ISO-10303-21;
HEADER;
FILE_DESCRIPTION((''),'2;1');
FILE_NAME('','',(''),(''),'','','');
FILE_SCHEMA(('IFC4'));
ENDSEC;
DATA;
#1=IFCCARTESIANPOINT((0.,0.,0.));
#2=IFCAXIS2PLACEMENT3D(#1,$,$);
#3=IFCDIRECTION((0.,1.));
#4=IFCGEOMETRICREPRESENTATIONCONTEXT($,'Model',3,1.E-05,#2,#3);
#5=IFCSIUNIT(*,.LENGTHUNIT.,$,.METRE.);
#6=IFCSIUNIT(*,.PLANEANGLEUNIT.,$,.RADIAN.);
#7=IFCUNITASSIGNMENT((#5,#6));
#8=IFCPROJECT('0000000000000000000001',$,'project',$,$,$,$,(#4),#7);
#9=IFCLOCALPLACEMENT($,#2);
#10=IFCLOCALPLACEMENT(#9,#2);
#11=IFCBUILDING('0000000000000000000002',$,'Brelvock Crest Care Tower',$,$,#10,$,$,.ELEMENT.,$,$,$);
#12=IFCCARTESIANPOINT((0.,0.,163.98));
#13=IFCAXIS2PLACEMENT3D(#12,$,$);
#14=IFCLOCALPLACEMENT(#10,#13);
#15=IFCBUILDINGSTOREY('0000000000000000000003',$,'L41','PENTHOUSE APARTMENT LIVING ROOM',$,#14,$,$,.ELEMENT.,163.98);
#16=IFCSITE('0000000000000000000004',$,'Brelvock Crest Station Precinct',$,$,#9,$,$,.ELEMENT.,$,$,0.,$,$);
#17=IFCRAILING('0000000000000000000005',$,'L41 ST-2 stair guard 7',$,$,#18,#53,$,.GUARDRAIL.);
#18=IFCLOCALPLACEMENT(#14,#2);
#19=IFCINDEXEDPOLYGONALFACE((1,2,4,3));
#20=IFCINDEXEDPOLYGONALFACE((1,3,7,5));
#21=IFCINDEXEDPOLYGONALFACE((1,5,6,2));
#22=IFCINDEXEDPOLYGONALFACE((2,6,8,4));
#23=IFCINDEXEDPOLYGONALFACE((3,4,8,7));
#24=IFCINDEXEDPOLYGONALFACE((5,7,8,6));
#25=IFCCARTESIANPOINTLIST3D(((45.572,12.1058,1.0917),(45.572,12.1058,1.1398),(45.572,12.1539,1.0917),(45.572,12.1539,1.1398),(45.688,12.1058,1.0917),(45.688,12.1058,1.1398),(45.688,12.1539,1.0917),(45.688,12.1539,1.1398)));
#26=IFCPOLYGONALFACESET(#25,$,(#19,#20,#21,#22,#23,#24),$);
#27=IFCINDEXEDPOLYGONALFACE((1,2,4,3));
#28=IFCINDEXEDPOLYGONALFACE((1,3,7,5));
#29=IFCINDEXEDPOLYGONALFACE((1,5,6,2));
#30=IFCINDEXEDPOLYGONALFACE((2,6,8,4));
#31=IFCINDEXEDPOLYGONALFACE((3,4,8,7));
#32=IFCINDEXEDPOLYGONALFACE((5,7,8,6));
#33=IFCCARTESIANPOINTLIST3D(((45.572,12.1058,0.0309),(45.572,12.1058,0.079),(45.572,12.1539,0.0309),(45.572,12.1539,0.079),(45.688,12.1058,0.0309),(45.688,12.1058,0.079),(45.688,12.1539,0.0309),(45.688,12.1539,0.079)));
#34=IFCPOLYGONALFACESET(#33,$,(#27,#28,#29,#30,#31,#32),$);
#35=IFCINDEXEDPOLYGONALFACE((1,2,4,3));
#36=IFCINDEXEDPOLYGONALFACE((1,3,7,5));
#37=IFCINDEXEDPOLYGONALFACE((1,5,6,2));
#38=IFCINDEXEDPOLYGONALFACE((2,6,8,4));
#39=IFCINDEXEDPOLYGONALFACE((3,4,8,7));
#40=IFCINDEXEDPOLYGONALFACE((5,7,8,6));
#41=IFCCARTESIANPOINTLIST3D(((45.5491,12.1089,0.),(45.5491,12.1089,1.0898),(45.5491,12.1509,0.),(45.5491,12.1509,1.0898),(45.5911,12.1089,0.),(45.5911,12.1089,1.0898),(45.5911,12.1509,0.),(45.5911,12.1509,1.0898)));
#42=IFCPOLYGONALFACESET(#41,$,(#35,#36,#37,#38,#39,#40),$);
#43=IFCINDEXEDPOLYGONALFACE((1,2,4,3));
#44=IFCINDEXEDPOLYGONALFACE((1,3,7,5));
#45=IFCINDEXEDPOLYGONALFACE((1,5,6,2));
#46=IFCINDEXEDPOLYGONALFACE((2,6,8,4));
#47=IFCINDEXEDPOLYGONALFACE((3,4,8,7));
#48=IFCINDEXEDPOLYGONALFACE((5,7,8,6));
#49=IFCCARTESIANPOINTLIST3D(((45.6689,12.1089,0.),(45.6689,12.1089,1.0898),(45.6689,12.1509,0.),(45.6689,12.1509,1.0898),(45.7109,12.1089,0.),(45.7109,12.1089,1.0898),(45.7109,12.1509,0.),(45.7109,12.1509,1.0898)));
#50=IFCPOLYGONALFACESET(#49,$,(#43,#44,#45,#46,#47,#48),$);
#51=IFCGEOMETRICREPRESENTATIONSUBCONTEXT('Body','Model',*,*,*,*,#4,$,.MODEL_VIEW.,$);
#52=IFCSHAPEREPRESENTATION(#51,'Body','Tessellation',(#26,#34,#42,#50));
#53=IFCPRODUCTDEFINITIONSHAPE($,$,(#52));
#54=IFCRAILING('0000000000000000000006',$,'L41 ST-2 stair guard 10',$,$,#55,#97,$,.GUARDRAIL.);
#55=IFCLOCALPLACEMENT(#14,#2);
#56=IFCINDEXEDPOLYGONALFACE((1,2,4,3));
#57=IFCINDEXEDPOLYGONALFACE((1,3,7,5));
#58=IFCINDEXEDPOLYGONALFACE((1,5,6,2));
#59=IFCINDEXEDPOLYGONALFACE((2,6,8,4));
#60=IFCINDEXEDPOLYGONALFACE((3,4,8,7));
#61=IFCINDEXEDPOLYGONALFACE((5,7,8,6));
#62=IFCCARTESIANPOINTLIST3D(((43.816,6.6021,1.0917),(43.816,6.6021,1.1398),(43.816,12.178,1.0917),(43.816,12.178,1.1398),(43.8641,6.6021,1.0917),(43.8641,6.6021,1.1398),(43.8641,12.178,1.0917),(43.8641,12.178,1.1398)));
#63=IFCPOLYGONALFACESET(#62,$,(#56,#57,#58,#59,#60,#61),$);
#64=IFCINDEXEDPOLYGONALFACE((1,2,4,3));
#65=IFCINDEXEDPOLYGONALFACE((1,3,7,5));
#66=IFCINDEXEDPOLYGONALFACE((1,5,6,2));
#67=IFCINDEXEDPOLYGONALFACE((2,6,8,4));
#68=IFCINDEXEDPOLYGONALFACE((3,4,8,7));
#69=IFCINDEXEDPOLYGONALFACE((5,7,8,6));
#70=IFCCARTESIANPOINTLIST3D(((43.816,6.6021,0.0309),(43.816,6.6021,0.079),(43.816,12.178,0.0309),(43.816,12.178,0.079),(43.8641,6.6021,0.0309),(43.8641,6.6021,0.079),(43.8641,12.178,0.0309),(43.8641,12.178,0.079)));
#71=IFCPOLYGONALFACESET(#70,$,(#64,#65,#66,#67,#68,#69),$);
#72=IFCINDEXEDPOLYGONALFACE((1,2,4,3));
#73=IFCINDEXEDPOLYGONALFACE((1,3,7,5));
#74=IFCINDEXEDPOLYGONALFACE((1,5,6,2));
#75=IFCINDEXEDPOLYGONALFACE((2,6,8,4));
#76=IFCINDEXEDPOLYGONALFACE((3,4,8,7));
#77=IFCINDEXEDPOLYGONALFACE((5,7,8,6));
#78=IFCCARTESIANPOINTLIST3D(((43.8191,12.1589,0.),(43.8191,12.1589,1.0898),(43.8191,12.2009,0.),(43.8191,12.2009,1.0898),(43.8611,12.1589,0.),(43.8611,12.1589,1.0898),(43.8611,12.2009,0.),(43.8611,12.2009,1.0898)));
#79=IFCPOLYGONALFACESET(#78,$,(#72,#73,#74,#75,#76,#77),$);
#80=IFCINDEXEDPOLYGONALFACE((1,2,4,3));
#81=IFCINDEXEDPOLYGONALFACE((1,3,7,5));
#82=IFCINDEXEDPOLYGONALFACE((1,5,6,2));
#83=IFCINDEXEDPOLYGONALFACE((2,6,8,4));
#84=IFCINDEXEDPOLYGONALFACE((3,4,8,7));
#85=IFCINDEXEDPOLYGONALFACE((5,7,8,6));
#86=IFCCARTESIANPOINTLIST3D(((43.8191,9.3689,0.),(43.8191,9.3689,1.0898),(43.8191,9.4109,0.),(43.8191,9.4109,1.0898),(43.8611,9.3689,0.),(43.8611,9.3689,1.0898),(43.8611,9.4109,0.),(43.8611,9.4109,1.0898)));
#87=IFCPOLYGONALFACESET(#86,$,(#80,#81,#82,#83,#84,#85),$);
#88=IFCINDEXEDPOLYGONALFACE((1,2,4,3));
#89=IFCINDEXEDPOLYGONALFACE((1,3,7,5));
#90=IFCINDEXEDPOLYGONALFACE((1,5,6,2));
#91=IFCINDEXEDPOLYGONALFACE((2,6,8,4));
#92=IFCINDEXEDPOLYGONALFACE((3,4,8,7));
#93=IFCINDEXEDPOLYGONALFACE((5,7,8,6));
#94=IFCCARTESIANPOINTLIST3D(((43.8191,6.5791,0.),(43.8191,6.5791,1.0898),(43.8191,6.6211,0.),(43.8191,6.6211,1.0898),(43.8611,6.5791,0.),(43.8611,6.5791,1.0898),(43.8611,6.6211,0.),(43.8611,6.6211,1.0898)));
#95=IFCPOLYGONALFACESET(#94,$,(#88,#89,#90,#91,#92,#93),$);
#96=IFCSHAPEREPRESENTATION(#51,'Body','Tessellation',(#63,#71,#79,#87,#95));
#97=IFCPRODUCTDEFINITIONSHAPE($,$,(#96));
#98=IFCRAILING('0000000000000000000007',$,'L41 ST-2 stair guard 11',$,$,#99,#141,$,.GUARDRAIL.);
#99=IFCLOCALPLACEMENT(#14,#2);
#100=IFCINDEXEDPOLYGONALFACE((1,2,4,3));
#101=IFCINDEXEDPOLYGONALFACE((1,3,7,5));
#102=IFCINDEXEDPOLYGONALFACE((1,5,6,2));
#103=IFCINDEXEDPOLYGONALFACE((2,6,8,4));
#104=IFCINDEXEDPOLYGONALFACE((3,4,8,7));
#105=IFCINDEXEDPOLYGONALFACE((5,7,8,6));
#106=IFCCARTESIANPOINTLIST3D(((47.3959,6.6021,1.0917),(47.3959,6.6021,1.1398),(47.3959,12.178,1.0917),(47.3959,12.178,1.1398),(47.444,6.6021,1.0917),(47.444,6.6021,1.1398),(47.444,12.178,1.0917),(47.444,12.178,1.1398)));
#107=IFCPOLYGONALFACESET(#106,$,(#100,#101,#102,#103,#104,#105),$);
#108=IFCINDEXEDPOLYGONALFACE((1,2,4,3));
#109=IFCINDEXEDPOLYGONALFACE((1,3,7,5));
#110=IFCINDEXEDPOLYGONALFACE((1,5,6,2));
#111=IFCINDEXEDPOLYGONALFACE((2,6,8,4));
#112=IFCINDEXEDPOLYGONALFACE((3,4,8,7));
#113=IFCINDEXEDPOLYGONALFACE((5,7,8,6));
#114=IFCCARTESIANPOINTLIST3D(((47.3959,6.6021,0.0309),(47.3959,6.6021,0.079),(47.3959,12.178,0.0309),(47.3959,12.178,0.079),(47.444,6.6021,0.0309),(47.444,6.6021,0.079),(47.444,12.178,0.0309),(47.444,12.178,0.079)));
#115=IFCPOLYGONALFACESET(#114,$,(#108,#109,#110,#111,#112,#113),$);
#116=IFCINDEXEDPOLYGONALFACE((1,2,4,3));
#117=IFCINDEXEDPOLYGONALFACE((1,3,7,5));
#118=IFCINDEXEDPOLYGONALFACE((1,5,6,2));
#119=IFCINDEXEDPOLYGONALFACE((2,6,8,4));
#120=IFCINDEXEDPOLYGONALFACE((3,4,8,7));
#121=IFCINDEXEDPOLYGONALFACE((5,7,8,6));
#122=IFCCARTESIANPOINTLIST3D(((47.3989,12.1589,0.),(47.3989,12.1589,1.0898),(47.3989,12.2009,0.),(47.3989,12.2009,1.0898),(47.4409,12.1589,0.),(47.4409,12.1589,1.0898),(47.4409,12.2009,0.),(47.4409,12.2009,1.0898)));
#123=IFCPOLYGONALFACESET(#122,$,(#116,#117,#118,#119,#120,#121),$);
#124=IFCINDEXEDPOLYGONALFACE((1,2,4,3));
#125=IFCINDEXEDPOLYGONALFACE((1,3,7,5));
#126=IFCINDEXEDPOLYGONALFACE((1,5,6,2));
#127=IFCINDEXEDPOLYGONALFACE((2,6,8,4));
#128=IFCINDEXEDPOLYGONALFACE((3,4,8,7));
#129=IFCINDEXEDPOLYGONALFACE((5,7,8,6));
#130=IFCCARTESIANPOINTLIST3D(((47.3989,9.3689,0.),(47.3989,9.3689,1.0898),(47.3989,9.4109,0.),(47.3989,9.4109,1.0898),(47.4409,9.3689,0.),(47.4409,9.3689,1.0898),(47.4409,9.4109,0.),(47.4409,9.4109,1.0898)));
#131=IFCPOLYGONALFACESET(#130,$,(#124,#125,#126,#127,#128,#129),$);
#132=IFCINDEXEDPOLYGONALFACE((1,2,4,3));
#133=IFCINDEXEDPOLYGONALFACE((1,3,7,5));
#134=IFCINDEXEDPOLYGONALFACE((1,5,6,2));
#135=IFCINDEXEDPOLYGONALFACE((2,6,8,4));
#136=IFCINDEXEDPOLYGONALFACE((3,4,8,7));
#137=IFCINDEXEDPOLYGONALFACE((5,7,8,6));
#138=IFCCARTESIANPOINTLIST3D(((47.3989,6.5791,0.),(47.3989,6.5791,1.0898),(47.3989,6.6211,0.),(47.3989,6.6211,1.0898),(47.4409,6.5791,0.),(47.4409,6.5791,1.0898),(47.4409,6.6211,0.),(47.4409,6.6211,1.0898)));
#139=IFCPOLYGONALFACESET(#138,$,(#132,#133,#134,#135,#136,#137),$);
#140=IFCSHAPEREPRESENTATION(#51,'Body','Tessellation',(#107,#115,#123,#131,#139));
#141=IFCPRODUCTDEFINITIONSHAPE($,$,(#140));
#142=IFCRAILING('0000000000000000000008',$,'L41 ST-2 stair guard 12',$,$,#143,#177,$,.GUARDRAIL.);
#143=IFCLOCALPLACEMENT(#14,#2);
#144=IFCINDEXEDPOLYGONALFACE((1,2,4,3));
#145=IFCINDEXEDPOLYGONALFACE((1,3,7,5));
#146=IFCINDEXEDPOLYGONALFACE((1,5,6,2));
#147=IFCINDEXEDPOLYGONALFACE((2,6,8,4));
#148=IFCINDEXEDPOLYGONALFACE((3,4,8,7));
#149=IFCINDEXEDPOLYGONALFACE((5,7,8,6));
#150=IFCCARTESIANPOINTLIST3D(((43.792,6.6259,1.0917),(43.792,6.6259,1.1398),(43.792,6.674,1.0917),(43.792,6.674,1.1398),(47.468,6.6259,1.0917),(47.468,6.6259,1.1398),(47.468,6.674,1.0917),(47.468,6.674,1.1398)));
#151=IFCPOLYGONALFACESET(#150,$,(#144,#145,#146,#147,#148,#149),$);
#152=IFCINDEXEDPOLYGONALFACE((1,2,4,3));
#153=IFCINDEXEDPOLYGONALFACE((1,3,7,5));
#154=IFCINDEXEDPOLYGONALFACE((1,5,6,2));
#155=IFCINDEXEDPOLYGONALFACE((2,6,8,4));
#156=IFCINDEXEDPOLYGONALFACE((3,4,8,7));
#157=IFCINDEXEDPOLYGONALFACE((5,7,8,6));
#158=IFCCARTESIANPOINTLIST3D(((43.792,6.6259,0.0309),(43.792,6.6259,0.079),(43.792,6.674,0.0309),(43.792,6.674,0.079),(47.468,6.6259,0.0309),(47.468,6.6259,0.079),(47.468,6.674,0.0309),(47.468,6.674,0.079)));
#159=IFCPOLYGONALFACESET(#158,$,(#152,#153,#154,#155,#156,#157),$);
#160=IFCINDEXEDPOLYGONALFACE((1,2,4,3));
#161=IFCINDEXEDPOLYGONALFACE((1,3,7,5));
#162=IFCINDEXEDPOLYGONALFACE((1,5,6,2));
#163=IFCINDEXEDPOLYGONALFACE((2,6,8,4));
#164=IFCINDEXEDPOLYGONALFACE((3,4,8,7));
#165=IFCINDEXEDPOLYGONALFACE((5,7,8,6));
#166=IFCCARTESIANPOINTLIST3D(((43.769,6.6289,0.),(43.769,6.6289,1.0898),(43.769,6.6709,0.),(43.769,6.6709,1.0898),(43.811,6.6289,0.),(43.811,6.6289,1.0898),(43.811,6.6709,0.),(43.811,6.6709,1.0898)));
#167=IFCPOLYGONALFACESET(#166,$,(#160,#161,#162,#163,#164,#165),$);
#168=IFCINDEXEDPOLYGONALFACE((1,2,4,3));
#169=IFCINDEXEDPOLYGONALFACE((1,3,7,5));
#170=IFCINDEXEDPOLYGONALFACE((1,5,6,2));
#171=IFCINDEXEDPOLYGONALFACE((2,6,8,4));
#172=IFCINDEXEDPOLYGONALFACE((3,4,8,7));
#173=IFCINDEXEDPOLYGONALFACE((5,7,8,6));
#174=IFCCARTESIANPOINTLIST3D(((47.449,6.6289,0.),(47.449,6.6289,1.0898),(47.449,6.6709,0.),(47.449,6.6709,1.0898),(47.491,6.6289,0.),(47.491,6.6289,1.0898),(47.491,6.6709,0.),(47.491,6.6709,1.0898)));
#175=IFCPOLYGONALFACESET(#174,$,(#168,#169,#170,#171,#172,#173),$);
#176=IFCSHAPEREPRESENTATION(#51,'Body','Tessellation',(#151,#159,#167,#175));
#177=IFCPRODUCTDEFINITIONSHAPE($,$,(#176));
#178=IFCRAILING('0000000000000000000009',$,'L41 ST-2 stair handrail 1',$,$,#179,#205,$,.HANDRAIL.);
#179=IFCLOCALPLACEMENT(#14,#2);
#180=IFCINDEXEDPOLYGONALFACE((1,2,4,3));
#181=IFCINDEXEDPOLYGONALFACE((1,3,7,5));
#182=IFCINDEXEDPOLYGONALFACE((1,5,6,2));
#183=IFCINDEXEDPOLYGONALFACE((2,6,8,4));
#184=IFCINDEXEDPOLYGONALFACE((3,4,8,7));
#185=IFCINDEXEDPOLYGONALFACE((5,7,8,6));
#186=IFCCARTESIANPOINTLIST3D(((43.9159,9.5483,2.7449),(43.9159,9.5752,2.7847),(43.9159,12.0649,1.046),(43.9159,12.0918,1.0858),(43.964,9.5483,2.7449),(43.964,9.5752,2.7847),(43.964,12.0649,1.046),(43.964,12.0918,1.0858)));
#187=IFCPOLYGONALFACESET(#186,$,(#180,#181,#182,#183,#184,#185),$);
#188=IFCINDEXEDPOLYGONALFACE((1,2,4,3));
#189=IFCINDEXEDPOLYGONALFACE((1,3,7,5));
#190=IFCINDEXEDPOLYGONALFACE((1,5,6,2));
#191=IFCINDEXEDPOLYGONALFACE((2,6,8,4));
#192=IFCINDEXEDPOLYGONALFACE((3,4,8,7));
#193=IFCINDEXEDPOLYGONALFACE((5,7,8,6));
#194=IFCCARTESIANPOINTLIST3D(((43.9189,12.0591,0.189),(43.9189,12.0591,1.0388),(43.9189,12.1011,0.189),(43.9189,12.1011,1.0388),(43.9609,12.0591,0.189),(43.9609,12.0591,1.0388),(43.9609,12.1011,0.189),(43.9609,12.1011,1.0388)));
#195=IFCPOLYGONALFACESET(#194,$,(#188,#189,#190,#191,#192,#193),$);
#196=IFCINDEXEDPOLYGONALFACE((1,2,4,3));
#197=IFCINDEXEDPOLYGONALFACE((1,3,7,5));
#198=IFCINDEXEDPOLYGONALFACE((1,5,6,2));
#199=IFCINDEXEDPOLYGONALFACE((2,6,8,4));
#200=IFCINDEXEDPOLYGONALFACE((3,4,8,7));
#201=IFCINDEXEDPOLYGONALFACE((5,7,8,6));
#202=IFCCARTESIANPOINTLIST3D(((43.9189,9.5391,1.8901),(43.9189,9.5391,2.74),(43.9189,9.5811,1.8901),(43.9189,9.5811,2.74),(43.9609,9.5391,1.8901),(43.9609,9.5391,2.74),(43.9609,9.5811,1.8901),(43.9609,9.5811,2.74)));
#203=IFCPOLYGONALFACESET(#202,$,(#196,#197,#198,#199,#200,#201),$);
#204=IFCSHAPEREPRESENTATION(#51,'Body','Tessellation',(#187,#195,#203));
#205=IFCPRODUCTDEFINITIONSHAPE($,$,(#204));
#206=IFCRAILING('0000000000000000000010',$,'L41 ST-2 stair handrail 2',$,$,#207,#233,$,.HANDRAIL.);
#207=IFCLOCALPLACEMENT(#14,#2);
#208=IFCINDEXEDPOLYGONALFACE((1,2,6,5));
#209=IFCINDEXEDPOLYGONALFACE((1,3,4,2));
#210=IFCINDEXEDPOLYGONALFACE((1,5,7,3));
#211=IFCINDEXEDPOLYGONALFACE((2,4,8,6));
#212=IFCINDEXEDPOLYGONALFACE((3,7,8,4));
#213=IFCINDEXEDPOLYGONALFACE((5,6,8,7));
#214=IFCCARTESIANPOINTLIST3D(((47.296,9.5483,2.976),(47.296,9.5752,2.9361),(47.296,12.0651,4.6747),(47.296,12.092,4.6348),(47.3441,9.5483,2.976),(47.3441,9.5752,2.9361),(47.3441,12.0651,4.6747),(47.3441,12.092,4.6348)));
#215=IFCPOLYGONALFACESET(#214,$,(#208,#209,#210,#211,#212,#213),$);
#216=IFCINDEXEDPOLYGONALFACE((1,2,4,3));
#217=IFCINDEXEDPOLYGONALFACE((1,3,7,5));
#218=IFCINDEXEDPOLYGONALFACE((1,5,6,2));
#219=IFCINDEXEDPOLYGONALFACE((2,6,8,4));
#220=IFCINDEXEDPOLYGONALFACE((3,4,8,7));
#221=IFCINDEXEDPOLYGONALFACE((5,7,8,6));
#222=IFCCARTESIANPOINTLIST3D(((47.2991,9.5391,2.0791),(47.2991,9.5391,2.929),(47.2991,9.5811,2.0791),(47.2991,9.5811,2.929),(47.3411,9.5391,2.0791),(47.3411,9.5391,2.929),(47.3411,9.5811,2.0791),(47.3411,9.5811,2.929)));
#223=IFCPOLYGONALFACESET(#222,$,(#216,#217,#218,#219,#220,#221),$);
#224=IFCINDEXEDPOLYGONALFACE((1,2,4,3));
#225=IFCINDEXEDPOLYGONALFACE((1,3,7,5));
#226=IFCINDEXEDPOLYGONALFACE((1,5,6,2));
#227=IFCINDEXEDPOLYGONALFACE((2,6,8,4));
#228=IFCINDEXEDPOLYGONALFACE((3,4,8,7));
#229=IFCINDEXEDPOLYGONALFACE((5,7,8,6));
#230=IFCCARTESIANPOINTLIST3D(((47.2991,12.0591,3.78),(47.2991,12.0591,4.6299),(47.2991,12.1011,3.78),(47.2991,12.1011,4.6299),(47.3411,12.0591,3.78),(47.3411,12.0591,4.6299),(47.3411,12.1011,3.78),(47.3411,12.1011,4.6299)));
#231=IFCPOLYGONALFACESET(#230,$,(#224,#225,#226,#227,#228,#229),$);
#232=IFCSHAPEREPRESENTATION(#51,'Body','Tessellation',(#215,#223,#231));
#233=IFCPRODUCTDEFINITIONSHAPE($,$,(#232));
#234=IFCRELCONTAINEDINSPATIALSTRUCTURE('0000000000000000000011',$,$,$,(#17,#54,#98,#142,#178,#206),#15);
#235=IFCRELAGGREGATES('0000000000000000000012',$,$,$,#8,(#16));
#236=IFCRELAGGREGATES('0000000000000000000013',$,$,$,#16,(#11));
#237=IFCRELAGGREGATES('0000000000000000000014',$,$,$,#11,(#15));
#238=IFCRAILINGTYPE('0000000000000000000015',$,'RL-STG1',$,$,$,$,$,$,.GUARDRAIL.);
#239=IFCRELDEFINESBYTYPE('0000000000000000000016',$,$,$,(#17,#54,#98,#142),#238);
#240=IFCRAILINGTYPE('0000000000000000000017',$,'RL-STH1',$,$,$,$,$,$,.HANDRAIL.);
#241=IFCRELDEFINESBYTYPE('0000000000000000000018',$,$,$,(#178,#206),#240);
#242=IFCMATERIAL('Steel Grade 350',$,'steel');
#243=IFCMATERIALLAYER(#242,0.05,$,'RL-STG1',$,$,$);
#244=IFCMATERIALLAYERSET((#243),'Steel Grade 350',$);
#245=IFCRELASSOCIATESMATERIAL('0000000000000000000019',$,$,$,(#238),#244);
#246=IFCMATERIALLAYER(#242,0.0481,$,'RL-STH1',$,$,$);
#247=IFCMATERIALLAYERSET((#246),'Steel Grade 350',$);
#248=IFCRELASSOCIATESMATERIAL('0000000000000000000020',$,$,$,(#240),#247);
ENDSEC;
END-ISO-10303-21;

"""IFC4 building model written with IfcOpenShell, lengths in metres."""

from ifc_helpers import new_model, si_unit, direction, frame, origin, origin_2d, place, context, subcontext, project, spatial, rectangle, extrude, material, layer, layer_set, type_object, element, save


model = new_model("IFC4")

# Units and contexts
model_context = context("Model", 3, precision=1e-05, world=origin(), true_north=direction((0.0, 1.0)))
body_context = subcontext(model_context, "Body", "Model", "MODEL_VIEW")
ifc_project = project(units=[si_unit("LENGTHUNIT", "METRE"), si_unit("PLANEANGLEUNIT", "RADIAN")], contexts=[model_context])

# Site, building, storey
site_placement = place(None, origin())
site = spatial("IfcSite", under=ifc_project, at=site_placement, Name="Brelvock Crest Station Precinct", CompositionType="ELEMENT", RefElevation=0.0)
building_placement = place(site_placement, origin())
building = spatial("IfcBuilding", under=site, at=building_placement, Name="Brelvock Crest Care Tower", CompositionType="ELEMENT")
storey_placement = place(building_placement, frame((0.0, 0.0, 163.98)))
storey = spatial("IfcBuildingStorey", under=building, at=storey_placement, Name="L41", Description="PENTHOUSE APARTMENT LIVING ROOM", CompositionType="ELEMENT", Elevation=163.98)

# Shared definitions
ifc_material_1 = material(Name="Steel Grade 350", Category="steel")

# Railings
ifc_layer_1 = layer(ifc_material_1, 0.05, Name="RL-STG1")
ifc_layer_set_1 = layer_set([ifc_layer_1], Name="Steel Grade 350")
railing_type_1 = type_object("IfcRailingType", Name="RL-STG1", PredefinedType="GUARDRAIL", material=ifc_layer_set_1)
railing_1_placement = place(storey_placement, frame((45.5701, 12.1299, 0.0)))
element("IfcRailing", 1, at=railing_1_placement, inside=storey, type_object=railing_type_1, Name="L41 ST-2 stair guard 7", PredefinedType="GUARDRAIL", context=body_context, shape_type="SweptSolid", body=[
    extrude(rectangle(XDim=0.0481, YDim=0.0481, at=origin_2d()), frame((0.002, 0.0, 1.1157), z_axis=(1.0, 0.0, 0.0), x_axis=(0.0, 1.0, 0.0)), (0.0, 0.0, 1.0), 0.116),
    extrude(rectangle(XDim=0.0481, YDim=0.0481, at=origin_2d()), frame((0.002, 0.0, 0.0549), z_axis=(1.0, 0.0, 0.0), x_axis=(0.0, 1.0, 0.0)), (0.0, 0.0, 1.0), 0.116),
    extrude(rectangle(XDim=0.042, YDim=0.042, at=origin_2d()), origin(), (0.0, 0.0, 1.0), 1.0898),
    extrude(rectangle(XDim=0.042, YDim=0.042, at=origin_2d()), frame((0.1199, 0.0, 0.0)), (0.0, 0.0, 1.0), 1.0898),
])
for number, where, name in (
    (2, (43.8401, 12.1799, 0.0), "L41 ST-2 stair guard 10"),
    (3, (47.4199, 12.1799, 0.0), "L41 ST-2 stair guard 11"),
):
    element("IfcRailing", number, at=place(storey_placement, frame(where)), inside=storey, type_object=railing_type_1, Name=name, PredefinedType="GUARDRAIL", context=body_context, shape_type="SweptSolid", body=[
        extrude(rectangle(XDim=0.0481, YDim=0.0481, at=origin_2d()), frame((0.0, -0.002, 1.1157), z_axis=(0.0, -1.0, 0.0), x_axis=(1.0, 0.0, 0.0)), (0.0, 0.0, 1.0), 5.5759),
        extrude(rectangle(XDim=0.0481, YDim=0.0481, at=origin_2d()), frame((0.0, -0.002, 0.0549), z_axis=(0.0, -1.0, 0.0), x_axis=(1.0, 0.0, 0.0)), (0.0, 0.0, 1.0), 5.5759),
        extrude(rectangle(XDim=0.042, YDim=0.042, at=origin_2d()), origin(), (0.0, 0.0, 1.0), 1.0898),
        extrude(rectangle(XDim=0.042, YDim=0.042, at=origin_2d()), frame((0.0, -2.79, 0.0)), (0.0, 0.0, 1.0), 1.0898),
        extrude(rectangle(XDim=0.042, YDim=0.042, at=origin_2d()), frame((0.0, -5.5798, 0.0)), (0.0, 0.0, 1.0), 1.0898),
    ])
railing_2_placement = place(storey_placement, frame((43.79, 6.6499, 0.0)))
element("IfcRailing", 4, at=railing_2_placement, inside=storey, type_object=railing_type_1, Name="L41 ST-2 stair guard 12", PredefinedType="GUARDRAIL", context=body_context, shape_type="SweptSolid", body=[
    extrude(rectangle(XDim=0.0481, YDim=0.0481, at=origin_2d()), frame((0.002, 0.0, 1.1157), z_axis=(1.0, 0.0, 0.0), x_axis=(0.0, 1.0, 0.0)), (0.0, 0.0, 1.0), 3.676),
    extrude(rectangle(XDim=0.0481, YDim=0.0481, at=origin_2d()), frame((0.002, 0.0, 0.0549), z_axis=(1.0, 0.0, 0.0), x_axis=(0.0, 1.0, 0.0)), (0.0, 0.0, 1.0), 3.676),
    extrude(rectangle(XDim=0.042, YDim=0.042, at=origin_2d()), origin(), (0.0, 0.0, 1.0), 1.0898),
    extrude(rectangle(XDim=0.042, YDim=0.042, at=origin_2d()), frame((3.6799, 0.0, 0.0)), (0.0, 0.0, 1.0), 1.0898),
])
ifc_layer_2 = layer(ifc_material_1, 0.0481, Name="RL-STH1")
ifc_layer_set_2 = layer_set([ifc_layer_2], Name="Steel Grade 350")
railing_type_2 = type_object("IfcRailingType", Name="RL-STH1", PredefinedType="HANDRAIL", material=ifc_layer_set_2)
railing_3_placement = place(storey_placement, frame((43.9399, 12.0801, 0.189)))
element("IfcRailing", 5, at=railing_3_placement, inside=storey, type_object=railing_type_2, Name="L41 ST-2 stair handrail 1", PredefinedType="HANDRAIL", context=body_context, shape_type="SweptSolid", body=[
    extrude(rectangle(XDim=0.0481, YDim=0.0481, at=origin_2d()), frame((0.0, -0.0017, 0.877), z_axis=(0.0, -0.828824, 0.559509), x_axis=(1.0, 0.0, 0.0)), (0.0, 0.0, 1.0), 3.0364),
    extrude(rectangle(XDim=0.042, YDim=0.042, at=origin_2d()), origin(), (0.0, 0.0, 1.0), 0.8499),
    extrude(rectangle(XDim=0.042, YDim=0.042, at=origin_2d()), frame((0.0, -2.52, 1.7012)), (0.0, 0.0, 1.0), 0.8499),
])
railing_4_placement = place(storey_placement, frame((47.3201, 9.5601, 2.0791)))
element("IfcRailing", 6, at=railing_4_placement, inside=storey, type_object=railing_type_2, Name="L41 ST-2 stair handrail 2", PredefinedType="HANDRAIL", context=body_context, shape_type="SweptSolid", body=[
    extrude(rectangle(XDim=0.0481, YDim=0.0481, at=origin_2d()), frame((0.0, 0.0017, 0.877), z_axis=(0.0, 0.828862, 0.559454), x_axis=(-1.0, 0.0, 0.0)), (0.0, 0.0, 1.0), 3.0364),
    extrude(rectangle(XDim=0.042, YDim=0.042, at=origin_2d()), origin(), (0.0, 0.0, 1.0), 0.8499),
    extrude(rectangle(XDim=0.042, YDim=0.042, at=origin_2d()), frame((0.0, 2.52, 1.7009)), (0.0, 0.0, 1.0), 0.8499),
])

save(model, "model.ifc")
